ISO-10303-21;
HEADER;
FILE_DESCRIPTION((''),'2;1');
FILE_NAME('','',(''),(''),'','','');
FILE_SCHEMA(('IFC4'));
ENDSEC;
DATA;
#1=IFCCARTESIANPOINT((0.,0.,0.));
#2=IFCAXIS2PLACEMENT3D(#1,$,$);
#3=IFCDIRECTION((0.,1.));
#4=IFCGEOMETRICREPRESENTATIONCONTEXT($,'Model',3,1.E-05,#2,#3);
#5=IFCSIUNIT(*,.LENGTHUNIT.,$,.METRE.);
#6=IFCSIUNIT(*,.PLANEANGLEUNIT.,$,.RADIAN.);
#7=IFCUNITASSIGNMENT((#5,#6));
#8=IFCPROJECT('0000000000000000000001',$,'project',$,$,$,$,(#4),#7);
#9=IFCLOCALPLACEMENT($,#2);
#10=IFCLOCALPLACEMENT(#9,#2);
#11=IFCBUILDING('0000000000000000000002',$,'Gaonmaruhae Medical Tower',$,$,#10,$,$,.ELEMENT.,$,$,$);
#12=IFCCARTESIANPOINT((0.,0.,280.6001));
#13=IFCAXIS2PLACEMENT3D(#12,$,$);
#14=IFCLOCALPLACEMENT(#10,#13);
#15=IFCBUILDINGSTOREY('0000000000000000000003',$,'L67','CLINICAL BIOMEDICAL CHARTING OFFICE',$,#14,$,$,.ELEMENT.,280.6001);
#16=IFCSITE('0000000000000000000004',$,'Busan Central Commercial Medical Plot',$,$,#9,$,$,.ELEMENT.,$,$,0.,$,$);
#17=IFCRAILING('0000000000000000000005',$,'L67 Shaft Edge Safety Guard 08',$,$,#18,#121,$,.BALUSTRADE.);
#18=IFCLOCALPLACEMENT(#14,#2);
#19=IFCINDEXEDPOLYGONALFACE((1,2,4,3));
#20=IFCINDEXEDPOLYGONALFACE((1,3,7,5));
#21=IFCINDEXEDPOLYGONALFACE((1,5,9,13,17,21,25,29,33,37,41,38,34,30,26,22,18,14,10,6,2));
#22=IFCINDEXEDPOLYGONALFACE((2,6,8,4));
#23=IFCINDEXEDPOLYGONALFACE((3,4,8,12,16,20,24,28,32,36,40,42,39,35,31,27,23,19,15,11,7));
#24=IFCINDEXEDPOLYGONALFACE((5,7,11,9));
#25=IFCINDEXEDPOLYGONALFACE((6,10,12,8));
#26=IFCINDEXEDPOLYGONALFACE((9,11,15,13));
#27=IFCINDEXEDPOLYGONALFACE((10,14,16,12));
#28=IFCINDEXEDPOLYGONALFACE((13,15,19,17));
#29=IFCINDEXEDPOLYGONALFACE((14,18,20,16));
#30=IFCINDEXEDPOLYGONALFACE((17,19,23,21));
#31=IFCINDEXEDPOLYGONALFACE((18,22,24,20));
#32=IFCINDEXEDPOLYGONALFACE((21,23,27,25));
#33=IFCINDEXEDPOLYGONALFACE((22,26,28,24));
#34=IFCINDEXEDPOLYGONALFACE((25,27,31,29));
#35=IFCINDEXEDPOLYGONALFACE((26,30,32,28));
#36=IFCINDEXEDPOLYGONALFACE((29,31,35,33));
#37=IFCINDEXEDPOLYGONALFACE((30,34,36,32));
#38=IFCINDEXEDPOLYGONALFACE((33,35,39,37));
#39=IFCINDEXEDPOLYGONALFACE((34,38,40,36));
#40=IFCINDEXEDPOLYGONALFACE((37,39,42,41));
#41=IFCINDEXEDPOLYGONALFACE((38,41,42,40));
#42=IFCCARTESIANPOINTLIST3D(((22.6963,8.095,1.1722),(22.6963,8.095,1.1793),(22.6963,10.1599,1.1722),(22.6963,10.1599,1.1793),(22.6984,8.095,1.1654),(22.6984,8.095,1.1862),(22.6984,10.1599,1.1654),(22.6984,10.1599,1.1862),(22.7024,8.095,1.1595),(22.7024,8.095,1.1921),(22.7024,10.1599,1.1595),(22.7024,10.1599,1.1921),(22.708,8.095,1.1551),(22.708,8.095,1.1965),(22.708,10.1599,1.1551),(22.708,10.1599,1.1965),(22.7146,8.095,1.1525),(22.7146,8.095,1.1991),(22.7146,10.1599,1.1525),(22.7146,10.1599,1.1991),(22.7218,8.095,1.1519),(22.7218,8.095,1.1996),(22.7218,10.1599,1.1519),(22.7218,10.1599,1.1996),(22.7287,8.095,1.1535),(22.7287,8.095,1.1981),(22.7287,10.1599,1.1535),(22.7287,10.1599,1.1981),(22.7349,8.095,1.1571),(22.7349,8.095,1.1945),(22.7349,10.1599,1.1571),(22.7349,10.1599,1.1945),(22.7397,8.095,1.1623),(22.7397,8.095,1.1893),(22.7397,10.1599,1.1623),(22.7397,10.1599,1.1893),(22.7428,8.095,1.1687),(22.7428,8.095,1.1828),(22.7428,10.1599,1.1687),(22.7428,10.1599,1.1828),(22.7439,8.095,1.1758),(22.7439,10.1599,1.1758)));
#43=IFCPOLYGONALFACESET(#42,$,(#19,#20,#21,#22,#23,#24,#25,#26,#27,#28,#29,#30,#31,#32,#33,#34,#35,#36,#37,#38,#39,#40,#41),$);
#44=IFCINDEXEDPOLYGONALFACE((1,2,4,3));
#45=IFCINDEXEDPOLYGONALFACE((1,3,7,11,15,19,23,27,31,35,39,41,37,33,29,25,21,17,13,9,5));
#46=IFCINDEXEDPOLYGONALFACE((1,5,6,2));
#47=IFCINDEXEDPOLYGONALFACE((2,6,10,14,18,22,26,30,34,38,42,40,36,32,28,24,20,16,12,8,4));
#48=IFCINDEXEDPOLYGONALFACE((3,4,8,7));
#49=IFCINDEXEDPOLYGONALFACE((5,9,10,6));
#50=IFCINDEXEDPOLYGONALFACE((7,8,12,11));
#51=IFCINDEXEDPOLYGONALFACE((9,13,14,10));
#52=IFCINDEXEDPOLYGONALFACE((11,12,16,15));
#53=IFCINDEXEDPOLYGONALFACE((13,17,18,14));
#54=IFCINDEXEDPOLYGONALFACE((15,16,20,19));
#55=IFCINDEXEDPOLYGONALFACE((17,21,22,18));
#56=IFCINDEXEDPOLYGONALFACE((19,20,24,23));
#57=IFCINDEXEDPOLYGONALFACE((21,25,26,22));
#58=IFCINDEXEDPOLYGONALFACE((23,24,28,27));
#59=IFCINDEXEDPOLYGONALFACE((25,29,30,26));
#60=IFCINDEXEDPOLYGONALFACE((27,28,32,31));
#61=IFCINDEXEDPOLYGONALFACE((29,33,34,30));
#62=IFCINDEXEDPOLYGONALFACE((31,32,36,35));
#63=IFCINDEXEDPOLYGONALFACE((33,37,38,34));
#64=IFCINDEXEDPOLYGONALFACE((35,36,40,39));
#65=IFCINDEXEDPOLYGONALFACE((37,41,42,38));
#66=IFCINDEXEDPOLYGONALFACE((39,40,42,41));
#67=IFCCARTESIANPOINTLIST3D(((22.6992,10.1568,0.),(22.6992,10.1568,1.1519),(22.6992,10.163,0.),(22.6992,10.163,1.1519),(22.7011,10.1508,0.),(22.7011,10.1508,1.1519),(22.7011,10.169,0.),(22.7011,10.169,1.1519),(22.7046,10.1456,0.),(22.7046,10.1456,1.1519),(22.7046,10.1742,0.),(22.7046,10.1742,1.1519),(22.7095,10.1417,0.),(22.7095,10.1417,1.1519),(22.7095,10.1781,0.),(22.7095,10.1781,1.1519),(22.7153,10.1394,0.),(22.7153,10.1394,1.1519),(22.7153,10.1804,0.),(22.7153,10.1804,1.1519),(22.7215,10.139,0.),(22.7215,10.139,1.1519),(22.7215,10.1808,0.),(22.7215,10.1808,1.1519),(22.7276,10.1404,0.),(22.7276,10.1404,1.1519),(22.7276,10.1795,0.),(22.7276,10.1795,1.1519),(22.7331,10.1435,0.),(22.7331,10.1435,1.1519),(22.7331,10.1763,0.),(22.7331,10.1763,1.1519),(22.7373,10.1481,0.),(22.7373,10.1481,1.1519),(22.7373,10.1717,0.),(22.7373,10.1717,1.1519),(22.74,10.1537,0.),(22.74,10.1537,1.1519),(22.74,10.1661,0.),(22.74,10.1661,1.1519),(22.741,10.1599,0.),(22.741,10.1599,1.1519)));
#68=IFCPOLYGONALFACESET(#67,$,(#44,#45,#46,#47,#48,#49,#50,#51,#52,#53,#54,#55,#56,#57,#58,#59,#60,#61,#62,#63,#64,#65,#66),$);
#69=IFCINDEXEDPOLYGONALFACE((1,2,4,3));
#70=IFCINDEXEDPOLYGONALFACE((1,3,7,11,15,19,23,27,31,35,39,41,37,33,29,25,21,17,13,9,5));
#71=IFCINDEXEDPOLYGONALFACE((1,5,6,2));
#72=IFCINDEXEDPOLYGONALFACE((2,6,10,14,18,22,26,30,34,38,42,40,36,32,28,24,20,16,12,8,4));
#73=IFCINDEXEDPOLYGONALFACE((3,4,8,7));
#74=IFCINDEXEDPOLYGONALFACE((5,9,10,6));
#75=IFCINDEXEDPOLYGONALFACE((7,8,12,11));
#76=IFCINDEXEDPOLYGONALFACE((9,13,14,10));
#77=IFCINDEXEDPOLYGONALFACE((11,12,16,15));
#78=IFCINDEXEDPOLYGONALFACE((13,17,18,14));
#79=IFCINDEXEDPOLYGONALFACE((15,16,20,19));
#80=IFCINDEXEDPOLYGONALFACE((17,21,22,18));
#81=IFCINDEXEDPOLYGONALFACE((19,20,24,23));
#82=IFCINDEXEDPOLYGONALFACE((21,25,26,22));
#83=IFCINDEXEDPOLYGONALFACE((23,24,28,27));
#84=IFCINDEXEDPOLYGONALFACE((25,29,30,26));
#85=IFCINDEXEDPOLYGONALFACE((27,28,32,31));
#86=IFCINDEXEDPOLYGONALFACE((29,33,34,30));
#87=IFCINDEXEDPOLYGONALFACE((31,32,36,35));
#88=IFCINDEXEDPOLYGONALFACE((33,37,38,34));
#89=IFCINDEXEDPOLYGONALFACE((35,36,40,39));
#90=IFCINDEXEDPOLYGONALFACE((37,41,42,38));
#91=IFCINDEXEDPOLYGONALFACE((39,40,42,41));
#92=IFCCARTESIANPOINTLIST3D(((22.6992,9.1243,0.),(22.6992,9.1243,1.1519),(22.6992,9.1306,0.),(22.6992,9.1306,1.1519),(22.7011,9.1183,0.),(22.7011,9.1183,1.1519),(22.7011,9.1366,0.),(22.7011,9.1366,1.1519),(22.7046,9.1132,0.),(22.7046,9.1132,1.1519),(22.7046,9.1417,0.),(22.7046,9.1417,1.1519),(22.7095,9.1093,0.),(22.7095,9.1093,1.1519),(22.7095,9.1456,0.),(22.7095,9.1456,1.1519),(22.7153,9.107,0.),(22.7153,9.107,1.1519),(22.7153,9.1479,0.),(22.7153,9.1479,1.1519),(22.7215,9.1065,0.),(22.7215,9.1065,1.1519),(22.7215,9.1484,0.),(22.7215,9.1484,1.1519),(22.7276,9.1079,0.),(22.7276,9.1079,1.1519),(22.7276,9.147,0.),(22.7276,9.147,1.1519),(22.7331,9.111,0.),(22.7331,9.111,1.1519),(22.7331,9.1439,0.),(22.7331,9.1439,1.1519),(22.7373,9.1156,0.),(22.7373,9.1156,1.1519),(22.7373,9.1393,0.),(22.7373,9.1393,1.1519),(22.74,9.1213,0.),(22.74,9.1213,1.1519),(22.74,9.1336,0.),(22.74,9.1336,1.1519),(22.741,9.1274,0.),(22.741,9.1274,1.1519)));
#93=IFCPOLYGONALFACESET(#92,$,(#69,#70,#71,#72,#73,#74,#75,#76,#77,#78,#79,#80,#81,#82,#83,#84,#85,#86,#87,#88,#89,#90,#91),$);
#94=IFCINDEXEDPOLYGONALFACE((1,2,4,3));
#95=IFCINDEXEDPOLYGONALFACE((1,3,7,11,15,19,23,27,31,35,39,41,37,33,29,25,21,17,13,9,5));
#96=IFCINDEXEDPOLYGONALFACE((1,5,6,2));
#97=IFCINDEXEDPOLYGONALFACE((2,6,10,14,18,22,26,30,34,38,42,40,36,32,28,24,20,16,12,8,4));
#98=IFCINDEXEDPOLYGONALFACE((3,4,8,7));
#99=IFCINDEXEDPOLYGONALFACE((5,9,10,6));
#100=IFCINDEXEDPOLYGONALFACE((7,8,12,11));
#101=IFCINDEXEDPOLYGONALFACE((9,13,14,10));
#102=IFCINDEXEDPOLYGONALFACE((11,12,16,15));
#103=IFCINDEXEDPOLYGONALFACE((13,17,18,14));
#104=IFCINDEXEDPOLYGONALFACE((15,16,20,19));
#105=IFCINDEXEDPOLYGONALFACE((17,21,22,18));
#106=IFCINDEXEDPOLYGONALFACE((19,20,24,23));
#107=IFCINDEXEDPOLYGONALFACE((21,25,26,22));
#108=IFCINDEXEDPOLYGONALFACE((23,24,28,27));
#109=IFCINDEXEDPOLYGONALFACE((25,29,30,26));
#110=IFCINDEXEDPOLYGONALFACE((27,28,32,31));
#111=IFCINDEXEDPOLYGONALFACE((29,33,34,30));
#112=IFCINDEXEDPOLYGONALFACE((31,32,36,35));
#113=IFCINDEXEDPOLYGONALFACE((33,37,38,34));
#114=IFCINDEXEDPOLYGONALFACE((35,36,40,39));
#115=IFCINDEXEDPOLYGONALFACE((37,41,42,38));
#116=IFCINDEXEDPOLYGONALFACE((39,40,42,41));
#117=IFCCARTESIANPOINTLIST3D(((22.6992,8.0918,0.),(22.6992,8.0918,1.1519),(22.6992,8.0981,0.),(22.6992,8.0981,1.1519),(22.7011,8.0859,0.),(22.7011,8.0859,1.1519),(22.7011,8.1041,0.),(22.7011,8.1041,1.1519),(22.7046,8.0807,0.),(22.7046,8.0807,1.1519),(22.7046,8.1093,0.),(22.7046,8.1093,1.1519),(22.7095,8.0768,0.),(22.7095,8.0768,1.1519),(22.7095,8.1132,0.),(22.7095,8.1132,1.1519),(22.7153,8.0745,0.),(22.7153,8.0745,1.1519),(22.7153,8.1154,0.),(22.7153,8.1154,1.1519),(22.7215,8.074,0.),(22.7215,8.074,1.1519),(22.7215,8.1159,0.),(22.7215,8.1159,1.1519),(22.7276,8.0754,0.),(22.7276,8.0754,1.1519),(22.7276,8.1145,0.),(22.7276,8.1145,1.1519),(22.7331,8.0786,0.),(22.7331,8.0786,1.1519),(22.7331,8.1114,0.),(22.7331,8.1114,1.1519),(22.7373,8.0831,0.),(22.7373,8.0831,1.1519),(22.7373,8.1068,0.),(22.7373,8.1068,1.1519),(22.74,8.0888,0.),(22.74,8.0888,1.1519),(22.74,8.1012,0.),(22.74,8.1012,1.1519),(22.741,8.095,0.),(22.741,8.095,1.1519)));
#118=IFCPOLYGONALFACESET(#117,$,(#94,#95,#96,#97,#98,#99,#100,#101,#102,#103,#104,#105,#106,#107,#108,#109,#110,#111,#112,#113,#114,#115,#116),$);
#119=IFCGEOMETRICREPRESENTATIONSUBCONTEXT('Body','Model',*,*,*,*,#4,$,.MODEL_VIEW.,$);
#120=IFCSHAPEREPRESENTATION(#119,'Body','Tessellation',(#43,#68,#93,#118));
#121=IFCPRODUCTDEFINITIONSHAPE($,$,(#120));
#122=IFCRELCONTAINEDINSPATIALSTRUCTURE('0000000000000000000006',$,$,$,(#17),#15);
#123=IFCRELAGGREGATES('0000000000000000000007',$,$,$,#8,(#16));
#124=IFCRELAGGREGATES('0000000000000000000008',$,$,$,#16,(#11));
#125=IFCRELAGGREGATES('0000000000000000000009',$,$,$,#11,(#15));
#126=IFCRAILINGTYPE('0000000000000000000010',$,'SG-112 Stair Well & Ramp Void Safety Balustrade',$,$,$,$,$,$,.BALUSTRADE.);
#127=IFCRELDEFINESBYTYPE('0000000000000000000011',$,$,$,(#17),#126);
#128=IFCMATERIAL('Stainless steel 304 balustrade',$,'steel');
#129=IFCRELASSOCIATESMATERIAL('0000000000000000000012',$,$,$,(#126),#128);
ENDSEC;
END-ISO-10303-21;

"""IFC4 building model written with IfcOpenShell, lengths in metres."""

from ifc_helpers import new_model, si_unit, direction, frame, origin, origin_2d, place, context, subcontext, project, spatial, circle, extrude, material, type_object, element, save


model = new_model("IFC4")

# Units and contexts
model_context = context("Model", 3, precision=1e-05, world=origin(), true_north=direction((0.0, 1.0)))
body_context = subcontext(model_context, "Body", "Model", "MODEL_VIEW")
ifc_project = project(units=[si_unit("LENGTHUNIT", "METRE"), si_unit("PLANEANGLEUNIT", "RADIAN")], contexts=[model_context])

# Site, building, storey
site_placement = place(None, origin())
site = spatial("IfcSite", under=ifc_project, at=site_placement, Name="Busan Central Commercial Medical Plot", CompositionType="ELEMENT", RefElevation=0.0)
building_placement = place(site_placement, origin())
building = spatial("IfcBuilding", under=site, at=building_placement, Name="Gaonmaruhae Medical Tower", CompositionType="ELEMENT")
storey_placement = place(building_placement, frame((0.0, 0.0, 280.6001)))
storey = spatial("IfcBuildingStorey", under=building, at=storey_placement, Name="L67", Description="CLINICAL BIOMEDICAL CHARTING OFFICE", CompositionType="ELEMENT", Elevation=280.6001)

# Railing
ifc_material_1 = material(Name="Stainless steel 304 balustrade", Category="steel")
railing_type_1 = type_object("IfcRailingType", Name="SG-112 Stair Well & Ramp Void Safety Balustrade", PredefinedType="BALUSTRADE", material=ifc_material_1)
railing_1_placement = place(storey_placement, frame((22.72, 10.1599, 0.0)))
element("IfcRailing", 1, at=railing_1_placement, inside=storey, type_object=railing_type_1, Name="L67 Shaft Edge Safety Guard 08", PredefinedType="BALUSTRADE", context=body_context, shape_type="SweptSolid", body=[
    extrude(circle(Radius=0.0239, at=origin_2d()), frame((0.0, 0.0, 1.1758), z_axis=(0.0, -1.0, 0.0), x_axis=(1.0, 0.0, 0.0)), (0.0, 0.0, 1.0), 2.0649),
    extrude(circle(Radius=0.021, at=origin_2d()), origin(), (0.0, 0.0, 1.0), 1.1519),
    extrude(circle(Radius=0.021, at=origin_2d()), frame((0.0, -1.0325, 0.0)), (0.0, 0.0, 1.0), 1.1519),
    extrude(circle(Radius=0.021, at=origin_2d()), frame((0.0, -2.0649, 0.0)), (0.0, 0.0, 1.0), 1.1519),
])

save(model, "model.ifc")
